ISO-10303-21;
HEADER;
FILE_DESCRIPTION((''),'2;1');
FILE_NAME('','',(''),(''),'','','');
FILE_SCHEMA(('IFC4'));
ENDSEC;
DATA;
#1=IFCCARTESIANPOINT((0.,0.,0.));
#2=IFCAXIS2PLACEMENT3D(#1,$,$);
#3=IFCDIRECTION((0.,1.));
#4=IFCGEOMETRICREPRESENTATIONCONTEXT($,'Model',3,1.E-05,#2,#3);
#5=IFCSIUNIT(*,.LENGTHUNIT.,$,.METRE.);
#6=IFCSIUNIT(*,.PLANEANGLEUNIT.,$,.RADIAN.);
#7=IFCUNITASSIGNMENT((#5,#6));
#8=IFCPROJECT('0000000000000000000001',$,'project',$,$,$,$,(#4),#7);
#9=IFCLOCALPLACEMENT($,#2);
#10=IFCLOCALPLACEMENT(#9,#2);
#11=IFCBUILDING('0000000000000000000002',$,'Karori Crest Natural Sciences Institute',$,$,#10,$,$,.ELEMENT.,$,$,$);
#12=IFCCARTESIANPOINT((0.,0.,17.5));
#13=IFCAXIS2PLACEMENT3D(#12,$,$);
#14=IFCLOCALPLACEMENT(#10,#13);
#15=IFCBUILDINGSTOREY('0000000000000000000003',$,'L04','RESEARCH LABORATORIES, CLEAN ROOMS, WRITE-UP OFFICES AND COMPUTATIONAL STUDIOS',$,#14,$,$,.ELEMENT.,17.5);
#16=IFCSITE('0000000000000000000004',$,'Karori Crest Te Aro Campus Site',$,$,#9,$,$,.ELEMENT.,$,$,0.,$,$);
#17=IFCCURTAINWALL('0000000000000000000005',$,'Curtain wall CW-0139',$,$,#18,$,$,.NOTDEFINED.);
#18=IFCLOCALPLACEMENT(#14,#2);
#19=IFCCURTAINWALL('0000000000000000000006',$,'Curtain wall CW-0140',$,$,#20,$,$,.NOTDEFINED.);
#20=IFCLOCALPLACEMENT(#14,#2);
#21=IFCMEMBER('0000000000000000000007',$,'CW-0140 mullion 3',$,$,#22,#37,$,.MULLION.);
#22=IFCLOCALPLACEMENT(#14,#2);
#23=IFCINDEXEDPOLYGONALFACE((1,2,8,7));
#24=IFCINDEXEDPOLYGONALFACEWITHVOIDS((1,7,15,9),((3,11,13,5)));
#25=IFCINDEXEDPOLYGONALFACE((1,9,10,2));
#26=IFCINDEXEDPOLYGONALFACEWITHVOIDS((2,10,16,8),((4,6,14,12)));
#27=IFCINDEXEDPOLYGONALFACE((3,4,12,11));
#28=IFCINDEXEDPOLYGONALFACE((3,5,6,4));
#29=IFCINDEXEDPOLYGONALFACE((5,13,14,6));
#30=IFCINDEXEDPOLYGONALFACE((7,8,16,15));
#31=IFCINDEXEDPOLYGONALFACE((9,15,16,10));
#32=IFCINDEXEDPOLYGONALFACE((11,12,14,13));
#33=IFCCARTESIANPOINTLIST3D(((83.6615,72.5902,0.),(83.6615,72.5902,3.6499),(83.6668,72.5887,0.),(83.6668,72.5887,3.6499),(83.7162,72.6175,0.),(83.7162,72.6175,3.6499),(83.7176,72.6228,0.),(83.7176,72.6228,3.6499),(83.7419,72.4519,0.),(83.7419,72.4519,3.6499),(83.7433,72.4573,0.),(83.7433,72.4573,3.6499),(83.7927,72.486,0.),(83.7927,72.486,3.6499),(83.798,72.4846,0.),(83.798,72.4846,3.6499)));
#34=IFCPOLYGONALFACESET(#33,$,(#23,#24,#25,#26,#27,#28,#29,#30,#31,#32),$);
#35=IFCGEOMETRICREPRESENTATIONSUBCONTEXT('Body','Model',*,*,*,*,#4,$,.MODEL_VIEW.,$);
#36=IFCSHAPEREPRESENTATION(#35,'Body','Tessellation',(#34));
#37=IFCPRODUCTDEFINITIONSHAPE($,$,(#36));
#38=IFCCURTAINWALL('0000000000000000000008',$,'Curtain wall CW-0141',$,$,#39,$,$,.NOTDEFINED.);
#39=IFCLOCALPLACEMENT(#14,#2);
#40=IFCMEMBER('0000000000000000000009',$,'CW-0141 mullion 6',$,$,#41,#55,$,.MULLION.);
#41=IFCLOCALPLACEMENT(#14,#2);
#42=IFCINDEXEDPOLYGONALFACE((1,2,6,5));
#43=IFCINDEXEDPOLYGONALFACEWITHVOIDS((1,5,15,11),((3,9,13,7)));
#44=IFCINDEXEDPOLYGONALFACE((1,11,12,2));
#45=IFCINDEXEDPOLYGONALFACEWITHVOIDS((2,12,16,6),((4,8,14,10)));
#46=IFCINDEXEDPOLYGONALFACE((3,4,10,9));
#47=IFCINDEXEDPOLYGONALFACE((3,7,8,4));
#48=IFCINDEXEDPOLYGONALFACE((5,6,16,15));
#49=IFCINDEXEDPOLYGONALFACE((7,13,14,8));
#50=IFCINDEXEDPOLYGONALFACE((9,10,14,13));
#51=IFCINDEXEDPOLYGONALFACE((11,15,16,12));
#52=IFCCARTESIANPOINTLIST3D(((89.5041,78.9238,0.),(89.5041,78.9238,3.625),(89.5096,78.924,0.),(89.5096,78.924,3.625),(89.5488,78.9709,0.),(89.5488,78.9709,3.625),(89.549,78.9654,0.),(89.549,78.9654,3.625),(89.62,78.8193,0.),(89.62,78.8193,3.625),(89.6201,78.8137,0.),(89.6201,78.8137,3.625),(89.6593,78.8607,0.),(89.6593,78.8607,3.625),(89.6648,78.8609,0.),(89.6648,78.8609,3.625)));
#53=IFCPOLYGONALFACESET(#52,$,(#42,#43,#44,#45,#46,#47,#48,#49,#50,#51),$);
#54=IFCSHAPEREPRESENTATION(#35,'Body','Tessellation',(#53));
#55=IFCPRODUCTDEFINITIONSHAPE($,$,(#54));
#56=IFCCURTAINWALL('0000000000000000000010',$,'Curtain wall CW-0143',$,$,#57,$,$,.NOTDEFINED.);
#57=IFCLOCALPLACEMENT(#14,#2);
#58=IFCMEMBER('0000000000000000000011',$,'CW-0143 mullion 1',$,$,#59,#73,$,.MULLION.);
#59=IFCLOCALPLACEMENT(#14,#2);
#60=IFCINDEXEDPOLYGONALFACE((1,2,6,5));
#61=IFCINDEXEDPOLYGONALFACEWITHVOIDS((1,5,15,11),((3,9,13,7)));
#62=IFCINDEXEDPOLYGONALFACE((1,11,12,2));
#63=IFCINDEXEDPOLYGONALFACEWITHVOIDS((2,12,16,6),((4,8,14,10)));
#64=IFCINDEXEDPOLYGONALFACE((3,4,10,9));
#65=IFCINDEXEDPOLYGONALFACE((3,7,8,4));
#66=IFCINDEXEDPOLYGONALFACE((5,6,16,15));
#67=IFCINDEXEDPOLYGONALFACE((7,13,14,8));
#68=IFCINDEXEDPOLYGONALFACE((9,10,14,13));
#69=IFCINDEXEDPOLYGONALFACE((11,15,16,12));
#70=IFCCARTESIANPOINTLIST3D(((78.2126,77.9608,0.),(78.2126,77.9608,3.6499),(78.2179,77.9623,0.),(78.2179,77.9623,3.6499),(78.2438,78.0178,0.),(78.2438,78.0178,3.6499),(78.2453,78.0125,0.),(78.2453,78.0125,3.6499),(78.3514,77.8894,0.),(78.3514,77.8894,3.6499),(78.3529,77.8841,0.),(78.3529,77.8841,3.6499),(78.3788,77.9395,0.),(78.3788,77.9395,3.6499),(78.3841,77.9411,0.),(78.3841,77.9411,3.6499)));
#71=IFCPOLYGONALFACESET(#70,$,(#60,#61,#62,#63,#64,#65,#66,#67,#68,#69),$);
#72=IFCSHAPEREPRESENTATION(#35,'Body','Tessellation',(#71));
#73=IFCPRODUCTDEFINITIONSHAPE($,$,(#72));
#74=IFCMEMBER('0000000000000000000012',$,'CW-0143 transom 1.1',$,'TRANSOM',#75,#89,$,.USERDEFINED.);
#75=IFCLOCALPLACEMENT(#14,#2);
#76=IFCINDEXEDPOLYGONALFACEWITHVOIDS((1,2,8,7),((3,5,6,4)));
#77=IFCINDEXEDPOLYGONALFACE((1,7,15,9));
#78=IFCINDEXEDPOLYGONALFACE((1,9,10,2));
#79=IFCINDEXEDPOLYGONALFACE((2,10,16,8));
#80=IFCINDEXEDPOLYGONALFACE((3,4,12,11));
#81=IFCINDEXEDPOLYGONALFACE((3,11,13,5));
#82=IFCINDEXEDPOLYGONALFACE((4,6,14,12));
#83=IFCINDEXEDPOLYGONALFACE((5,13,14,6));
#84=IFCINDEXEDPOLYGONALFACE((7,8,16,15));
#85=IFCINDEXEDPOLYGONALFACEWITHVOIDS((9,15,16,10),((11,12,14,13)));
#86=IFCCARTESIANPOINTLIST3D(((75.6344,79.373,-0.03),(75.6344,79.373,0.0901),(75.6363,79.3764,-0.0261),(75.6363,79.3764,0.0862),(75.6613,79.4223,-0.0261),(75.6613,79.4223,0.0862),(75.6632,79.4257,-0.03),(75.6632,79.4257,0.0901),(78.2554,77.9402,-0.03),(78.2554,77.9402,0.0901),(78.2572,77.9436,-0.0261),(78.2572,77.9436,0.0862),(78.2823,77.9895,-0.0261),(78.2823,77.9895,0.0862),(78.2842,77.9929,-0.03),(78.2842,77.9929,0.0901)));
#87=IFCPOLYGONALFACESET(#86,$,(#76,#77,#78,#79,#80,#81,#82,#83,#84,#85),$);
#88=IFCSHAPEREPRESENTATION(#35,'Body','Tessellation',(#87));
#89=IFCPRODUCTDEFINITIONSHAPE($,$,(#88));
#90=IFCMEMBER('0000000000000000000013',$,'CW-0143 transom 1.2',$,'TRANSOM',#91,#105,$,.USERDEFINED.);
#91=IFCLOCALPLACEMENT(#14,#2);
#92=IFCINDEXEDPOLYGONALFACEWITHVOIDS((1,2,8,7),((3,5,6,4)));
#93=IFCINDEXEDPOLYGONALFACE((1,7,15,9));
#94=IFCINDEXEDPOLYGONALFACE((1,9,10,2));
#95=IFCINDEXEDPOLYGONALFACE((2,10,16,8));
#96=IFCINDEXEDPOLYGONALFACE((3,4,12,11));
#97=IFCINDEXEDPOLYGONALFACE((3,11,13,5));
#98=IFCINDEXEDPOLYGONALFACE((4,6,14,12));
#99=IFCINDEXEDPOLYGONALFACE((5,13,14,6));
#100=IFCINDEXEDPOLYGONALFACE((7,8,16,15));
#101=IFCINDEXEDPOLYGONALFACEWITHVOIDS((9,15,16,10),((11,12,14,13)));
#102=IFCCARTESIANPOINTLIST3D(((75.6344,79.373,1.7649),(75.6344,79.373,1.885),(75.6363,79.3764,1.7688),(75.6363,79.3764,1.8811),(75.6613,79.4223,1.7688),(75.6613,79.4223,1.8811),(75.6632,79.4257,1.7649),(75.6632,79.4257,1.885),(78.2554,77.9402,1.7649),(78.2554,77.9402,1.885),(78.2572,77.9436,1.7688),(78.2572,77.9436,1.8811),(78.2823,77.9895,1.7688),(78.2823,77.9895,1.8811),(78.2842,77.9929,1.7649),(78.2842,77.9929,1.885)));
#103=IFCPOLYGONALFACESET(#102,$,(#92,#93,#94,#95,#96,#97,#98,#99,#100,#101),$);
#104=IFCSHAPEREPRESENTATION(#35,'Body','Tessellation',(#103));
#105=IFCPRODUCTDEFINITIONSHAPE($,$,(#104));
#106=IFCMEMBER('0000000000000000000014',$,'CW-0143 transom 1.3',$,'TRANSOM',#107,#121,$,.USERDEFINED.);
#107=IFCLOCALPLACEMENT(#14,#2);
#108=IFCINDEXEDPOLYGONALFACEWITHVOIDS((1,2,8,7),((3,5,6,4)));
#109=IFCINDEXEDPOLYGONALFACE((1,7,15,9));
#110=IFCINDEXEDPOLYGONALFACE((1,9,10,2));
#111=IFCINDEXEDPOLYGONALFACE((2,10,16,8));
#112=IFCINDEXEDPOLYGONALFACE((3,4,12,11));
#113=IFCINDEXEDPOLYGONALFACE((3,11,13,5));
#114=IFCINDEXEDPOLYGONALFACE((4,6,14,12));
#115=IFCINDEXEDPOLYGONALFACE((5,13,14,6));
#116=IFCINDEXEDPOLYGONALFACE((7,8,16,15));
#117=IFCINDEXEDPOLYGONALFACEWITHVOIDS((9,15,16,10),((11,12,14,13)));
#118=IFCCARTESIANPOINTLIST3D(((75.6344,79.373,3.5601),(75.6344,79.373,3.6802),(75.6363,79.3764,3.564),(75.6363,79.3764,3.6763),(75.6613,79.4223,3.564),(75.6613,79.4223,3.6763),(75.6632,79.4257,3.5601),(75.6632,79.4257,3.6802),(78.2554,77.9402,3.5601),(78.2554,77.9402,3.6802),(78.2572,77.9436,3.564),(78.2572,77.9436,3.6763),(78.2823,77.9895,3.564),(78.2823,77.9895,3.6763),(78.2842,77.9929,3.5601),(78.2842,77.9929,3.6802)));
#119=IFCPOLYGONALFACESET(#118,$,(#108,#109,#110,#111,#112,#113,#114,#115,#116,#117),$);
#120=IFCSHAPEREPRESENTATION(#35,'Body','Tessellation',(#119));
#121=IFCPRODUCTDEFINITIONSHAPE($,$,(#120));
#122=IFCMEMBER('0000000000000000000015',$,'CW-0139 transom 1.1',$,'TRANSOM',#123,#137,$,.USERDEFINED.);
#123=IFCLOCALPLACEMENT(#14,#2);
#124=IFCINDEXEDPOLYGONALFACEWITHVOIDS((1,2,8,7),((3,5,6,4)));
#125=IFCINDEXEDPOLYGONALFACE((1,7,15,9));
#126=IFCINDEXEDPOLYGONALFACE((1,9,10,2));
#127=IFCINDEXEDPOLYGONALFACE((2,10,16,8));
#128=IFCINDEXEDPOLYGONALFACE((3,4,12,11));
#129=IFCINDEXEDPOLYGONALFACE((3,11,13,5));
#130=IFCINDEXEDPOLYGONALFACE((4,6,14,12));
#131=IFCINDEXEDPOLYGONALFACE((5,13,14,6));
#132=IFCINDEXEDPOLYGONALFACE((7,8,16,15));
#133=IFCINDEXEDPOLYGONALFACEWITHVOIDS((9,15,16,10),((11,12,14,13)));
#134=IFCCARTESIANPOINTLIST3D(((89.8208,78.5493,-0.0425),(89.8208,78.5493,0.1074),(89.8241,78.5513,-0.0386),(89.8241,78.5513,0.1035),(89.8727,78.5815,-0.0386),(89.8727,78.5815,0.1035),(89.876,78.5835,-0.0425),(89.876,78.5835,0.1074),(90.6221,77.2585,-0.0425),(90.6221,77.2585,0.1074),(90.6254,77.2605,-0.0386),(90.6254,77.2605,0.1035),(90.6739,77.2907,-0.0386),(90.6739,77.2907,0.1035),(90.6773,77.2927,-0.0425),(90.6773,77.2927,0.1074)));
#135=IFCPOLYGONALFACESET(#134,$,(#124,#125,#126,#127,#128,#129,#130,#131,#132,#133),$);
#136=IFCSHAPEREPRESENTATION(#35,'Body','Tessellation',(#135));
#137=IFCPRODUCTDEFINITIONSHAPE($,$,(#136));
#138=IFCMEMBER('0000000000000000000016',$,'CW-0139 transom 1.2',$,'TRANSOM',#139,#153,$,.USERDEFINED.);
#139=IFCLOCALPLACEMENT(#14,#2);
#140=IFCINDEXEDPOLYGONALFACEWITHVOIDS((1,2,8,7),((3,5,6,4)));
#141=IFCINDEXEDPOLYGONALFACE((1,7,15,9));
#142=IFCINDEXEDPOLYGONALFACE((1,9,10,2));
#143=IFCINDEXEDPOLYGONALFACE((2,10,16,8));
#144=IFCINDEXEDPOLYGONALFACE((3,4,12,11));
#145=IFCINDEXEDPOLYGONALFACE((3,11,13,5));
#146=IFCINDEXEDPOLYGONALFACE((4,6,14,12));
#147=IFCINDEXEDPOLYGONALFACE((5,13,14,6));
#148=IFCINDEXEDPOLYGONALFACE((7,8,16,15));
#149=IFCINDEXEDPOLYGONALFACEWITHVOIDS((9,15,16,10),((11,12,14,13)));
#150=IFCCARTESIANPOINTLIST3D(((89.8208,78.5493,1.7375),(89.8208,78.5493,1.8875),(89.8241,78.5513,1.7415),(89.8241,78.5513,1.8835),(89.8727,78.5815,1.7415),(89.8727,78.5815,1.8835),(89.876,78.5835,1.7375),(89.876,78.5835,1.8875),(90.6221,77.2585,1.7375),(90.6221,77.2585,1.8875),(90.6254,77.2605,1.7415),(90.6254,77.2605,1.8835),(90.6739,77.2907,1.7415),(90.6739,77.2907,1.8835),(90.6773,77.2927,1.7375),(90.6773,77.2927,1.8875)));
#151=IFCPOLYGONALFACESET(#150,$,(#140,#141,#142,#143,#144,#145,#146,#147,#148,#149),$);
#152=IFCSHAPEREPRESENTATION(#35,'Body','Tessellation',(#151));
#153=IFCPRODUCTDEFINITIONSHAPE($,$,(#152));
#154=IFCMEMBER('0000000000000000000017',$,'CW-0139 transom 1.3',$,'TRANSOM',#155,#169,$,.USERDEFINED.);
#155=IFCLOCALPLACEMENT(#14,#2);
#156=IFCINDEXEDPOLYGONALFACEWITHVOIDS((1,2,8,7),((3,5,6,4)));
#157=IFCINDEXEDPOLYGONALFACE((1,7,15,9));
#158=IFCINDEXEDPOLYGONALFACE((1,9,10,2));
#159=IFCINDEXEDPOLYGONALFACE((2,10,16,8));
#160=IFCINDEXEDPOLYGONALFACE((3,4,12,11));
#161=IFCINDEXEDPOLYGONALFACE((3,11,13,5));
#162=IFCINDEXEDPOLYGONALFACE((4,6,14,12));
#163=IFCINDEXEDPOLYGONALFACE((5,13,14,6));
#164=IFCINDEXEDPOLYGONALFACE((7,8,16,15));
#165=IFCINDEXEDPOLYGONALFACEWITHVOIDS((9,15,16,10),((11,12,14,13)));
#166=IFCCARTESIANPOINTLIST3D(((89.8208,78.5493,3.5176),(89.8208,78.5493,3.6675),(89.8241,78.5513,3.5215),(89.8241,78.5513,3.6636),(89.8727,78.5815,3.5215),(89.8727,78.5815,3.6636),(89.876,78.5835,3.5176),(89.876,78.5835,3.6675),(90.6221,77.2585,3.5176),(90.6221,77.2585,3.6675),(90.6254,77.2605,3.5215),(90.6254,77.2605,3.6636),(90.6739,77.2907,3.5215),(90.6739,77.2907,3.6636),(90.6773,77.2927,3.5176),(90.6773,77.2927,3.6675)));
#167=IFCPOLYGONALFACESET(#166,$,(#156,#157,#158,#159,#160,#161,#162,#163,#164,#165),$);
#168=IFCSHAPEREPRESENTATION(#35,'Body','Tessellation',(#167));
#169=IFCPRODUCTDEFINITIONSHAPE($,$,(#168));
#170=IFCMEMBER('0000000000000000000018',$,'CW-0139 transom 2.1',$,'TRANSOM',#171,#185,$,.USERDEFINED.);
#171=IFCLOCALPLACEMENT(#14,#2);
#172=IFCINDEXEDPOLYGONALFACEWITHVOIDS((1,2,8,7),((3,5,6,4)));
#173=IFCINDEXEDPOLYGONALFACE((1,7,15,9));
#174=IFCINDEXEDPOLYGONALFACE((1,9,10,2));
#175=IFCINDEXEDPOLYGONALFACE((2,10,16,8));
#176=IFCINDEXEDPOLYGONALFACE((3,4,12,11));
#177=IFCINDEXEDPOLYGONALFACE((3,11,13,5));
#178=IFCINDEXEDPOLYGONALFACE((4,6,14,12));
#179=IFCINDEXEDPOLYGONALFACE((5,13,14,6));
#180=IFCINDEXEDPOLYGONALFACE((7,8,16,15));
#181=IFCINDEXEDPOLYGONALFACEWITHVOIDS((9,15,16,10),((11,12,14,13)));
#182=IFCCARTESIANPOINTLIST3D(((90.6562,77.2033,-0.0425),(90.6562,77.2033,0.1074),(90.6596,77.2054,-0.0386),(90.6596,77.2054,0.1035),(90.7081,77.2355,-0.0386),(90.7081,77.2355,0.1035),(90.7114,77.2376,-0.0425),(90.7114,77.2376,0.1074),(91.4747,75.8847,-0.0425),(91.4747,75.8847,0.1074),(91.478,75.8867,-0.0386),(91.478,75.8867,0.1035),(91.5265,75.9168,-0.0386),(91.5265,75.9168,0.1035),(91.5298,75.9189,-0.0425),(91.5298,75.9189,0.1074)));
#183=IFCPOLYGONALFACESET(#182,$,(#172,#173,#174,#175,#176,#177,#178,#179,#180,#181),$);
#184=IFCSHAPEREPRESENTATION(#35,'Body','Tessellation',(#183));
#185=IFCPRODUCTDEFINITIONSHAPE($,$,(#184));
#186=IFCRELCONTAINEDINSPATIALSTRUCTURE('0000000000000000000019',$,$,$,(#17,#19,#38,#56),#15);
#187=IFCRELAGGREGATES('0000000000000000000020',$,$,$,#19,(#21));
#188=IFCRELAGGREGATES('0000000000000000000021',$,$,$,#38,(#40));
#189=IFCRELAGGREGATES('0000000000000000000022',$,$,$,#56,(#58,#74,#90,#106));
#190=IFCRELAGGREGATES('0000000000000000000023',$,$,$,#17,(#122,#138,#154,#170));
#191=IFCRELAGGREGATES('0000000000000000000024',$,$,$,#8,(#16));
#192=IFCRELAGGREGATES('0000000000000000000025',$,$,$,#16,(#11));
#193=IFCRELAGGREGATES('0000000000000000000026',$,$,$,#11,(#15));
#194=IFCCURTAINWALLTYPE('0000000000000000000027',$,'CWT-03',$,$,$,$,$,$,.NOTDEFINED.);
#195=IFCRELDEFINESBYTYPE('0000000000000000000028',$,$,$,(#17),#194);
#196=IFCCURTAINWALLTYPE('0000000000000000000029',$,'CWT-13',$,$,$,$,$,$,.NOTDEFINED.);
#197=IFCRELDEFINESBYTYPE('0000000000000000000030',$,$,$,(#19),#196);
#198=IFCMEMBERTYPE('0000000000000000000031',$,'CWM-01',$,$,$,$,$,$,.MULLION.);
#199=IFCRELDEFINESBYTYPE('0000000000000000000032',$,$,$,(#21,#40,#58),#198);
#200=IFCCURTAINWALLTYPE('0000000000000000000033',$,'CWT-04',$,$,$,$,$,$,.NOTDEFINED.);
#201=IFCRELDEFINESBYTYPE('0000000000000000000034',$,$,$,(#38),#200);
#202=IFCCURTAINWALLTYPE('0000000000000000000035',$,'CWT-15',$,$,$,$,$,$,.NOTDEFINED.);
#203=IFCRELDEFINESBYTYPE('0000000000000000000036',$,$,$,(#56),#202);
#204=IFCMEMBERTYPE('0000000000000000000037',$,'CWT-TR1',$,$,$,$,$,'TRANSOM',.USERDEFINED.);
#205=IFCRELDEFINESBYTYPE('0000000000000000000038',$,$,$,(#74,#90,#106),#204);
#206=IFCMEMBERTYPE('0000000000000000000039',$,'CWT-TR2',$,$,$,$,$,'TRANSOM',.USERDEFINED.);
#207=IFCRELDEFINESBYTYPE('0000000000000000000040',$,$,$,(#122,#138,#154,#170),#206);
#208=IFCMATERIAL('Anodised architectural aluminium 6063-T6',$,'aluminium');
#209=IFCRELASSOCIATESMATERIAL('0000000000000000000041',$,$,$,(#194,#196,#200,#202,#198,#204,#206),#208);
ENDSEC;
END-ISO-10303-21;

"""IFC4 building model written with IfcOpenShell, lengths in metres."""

from ifc_helpers import new_model, si_unit, direction, frame, origin, origin_2d, place, context, subcontext, project, spatial, hollow_rectangle, extrude, material, material_profile, profile_set, type_object, element, aggregate, save


model = new_model("IFC4")

# Units and contexts
model_context = context("Model", 3, precision=1e-05, world=origin(), true_north=direction((0.0, 1.0)))
body_context = subcontext(model_context, "Body", "Model", "MODEL_VIEW")
ifc_project = project(units=[si_unit("LENGTHUNIT", "METRE"), si_unit("PLANEANGLEUNIT", "RADIAN")], contexts=[model_context])

# Site, building, storey
site_placement = place(None, origin())
site = spatial("IfcSite", under=ifc_project, at=site_placement, Name="Karori Crest Te Aro Campus Site", CompositionType="ELEMENT", RefElevation=0.0)
building_placement = place(site_placement, origin())
building = spatial("IfcBuilding", under=site, at=building_placement, Name="Karori Crest Natural Sciences Institute", CompositionType="ELEMENT")
storey_placement = place(building_placement, frame((0.0, 0.0, 17.5)))
storey = spatial("IfcBuildingStorey", under=building, at=storey_placement, Name="L04", Description="RESEARCH LABORATORIES, CLEAN ROOMS, WRITE-UP OFFICES AND COMPUTATIONAL STUDIOS", CompositionType="ELEMENT", Elevation=17.5)

# Curtain wall
ifc_material_1 = material(Name="Anodised architectural aluminium 6063-T6", Category="aluminium")
curtain_wall_type_1 = type_object("IfcCurtainWallType", Name="CWT-03", PredefinedType="NOTDEFINED", material=ifc_material_1)
curtain_wall_1_placement = place(storey_placement, origin())
curtain_wall_1 = element("IfcCurtainWall", 1, at=curtain_wall_1_placement, inside=storey, type_object=curtain_wall_type_1, Name="Curtain wall CW-0139", PredefinedType="NOTDEFINED")
ifc_material_profile_1 = material_profile(ifc_material_1, hollow_rectangle(XDim=0.0649, YDim=0.1599, WallThickness=0.0039, at=origin_2d()), Name="CWM160x65x4")
ifc_profile_set_1 = profile_set([ifc_material_profile_1], Name="Anodised architectural aluminium 6063-T6")
member_type_1 = type_object("IfcMemberType", Name="CWM-01", PredefinedType="MULLION", material=ifc_profile_set_1)

# Curtain walls, members
curtain_wall_type_2 = type_object("IfcCurtainWallType", Name="CWT-13", PredefinedType="NOTDEFINED", material=ifc_material_1)
curtain_wall_2_placement = place(storey_placement, origin())
curtain_wall_2 = element("IfcCurtainWall", 2, at=curtain_wall_2_placement, inside=storey, type_object=curtain_wall_type_2, Name="Curtain wall CW-0140", PredefinedType="NOTDEFINED")
member_1_placement = place(storey_placement, frame((83.7297, 72.5374, 0.0), z_axis=(0.0, 0.0, 1.0), x_axis=(-0.864487, -0.502655, 0.0)))
member_1 = element("IfcMember", 3, at=member_1_placement, type_object=member_type_1, Name="CW-0140 mullion 3", PredefinedType="MULLION", context=body_context, shape_type="SweptSolid", body=[
    extrude(hollow_rectangle(XDim=0.0649, YDim=0.1599, WallThickness=0.0039, at=origin_2d()), origin(), (0.0, 0.0, 1.0), 3.6499),
])
aggregate(curtain_wall_2, [member_1])
curtain_wall_type_3 = type_object("IfcCurtainWallType", Name="CWT-04", PredefinedType="NOTDEFINED", material=ifc_material_1)
curtain_wall_3_placement = place(storey_placement, origin())
curtain_wall_3 = element("IfcCurtainWall", 4, at=curtain_wall_3_placement, inside=storey, type_object=curtain_wall_type_3, Name="Curtain wall CW-0141", PredefinedType="NOTDEFINED")
member_2_placement = place(storey_placement, frame((89.5845, 78.8923, 0.0), z_axis=(0.0, 0.0, 1.0), x_axis=(0.688252, 0.725471, 0.0)))
member_2 = element("IfcMember", 5, at=member_2_placement, type_object=member_type_1, Name="CW-0141 mullion 6", PredefinedType="MULLION", context=body_context, shape_type="SweptSolid", body=[
    extrude(hollow_rectangle(XDim=0.0649, YDim=0.1599, WallThickness=0.0039, at=origin_2d()), origin(), (0.0, 0.0, 1.0), 3.625),
])
aggregate(curtain_wall_3, [member_2])

# Curtain wall, members
curtain_wall_type_4 = type_object("IfcCurtainWallType", Name="CWT-15", PredefinedType="NOTDEFINED", material=ifc_material_1)
curtain_wall_4_placement = place(storey_placement, origin())
curtain_wall_4 = element("IfcCurtainWall", 6, at=curtain_wall_4_placement, inside=storey, type_object=curtain_wall_type_4, Name="Curtain wall CW-0143", PredefinedType="NOTDEFINED")
member_3_placement = place(storey_placement, frame((78.2983, 77.9509, 0.0), z_axis=(0.0, 0.0, 1.0), x_axis=(-0.479631, -0.87747, 0.0)))
member_3 = element("IfcMember", 7, at=member_3_placement, type_object=member_type_1, Name="CW-0143 mullion 1", PredefinedType="MULLION", context=body_context, shape_type="SweptSolid", body=[
    extrude(hollow_rectangle(XDim=0.0649, YDim=0.1599, WallThickness=0.0039, at=origin_2d()), origin(), (0.0, 0.0, 1.0), 3.6499),
])
ifc_material_profile_2 = material_profile(ifc_material_1, hollow_rectangle(XDim=0.0601, YDim=0.1201, WallThickness=0.0039, at=origin_2d()), Name="CWT120x60x4")
ifc_profile_set_2 = profile_set([ifc_material_profile_2], Name="Anodised architectural aluminium 6063-T6")
member_type_2 = type_object("IfcMemberType", Name="CWT-TR1", ElementType="TRANSOM", PredefinedType="USERDEFINED", material=ifc_profile_set_2)
member_4_placement = place(storey_placement, frame((78.2698, 77.9666, 0.03), z_axis=(-0.877449, 0.479671, 0.0), x_axis=(-0.479671, -0.877449, 0.0)))
member_4 = element("IfcMember", 8, at=member_4_placement, type_object=member_type_2, Name="CW-0143 transom 1.1", ObjectType="TRANSOM", PredefinedType="USERDEFINED", context=body_context, shape_type="SweptSolid", body=[
    extrude(hollow_rectangle(XDim=0.0601, YDim=0.1201, WallThickness=0.0039, at=origin_2d()), origin(), (0.0, 0.0, 1.0), 2.9871),
])
member_5_placement = place(storey_placement, frame((78.2698, 77.9666, 1.825), z_axis=(-0.877449, 0.479671, 0.0), x_axis=(-0.479671, -0.877449, 0.0)))
member_5 = element("IfcMember", 9, at=member_5_placement, type_object=member_type_2, Name="CW-0143 transom 1.2", ObjectType="TRANSOM", PredefinedType="USERDEFINED", context=body_context, shape_type="SweptSolid", body=[
    extrude(hollow_rectangle(XDim=0.0601, YDim=0.1201, WallThickness=0.0039, at=origin_2d()), origin(), (0.0, 0.0, 1.0), 2.9871),
])
member_6_placement = place(storey_placement, frame((78.2698, 77.9666, 3.6201), z_axis=(-0.877449, 0.479671, 0.0), x_axis=(-0.479671, -0.877449, 0.0)))
member_6 = element("IfcMember", 10, at=member_6_placement, type_object=member_type_2, Name="CW-0143 transom 1.3", ObjectType="TRANSOM", PredefinedType="USERDEFINED", context=body_context, shape_type="SweptSolid", body=[
    extrude(hollow_rectangle(XDim=0.0601, YDim=0.1201, WallThickness=0.0039, at=origin_2d()), origin(), (0.0, 0.0, 1.0), 2.9871),
])

# Members
ifc_material_profile_3 = material_profile(ifc_material_1, hollow_rectangle(XDim=0.0649, YDim=0.1499, WallThickness=0.0039, at=origin_2d()), Name="CWT150x65x4")
ifc_profile_set_3 = profile_set([ifc_material_profile_3], Name="Anodised architectural aluminium 6063-T6")
member_type_3 = type_object("IfcMemberType", Name="CWT-TR2", ElementType="TRANSOM", PredefinedType="USERDEFINED", material=ifc_profile_set_3)
member_7_placement = place(storey_placement, frame((89.8484, 78.5664, 0.0325), z_axis=(0.527411, -0.84961, 0.0), x_axis=(0.84961, 0.527411, 0.0)))
member_7 = element("IfcMember", 11, at=member_7_placement, type_object=member_type_3, Name="CW-0139 transom 1.1", ObjectType="TRANSOM", PredefinedType="USERDEFINED", context=body_context, shape_type="SweptSolid", body=[
    extrude(hollow_rectangle(XDim=0.0649, YDim=0.1499, WallThickness=0.0039, at=origin_2d()), origin(), (0.0, 0.0, 1.0), 1.5193),
])
member_8_placement = place(storey_placement, frame((89.8484, 78.5664, 1.8125), z_axis=(0.527411, -0.84961, 0.0), x_axis=(0.84961, 0.527411, 0.0)))
member_8 = element("IfcMember", 12, at=member_8_placement, type_object=member_type_3, Name="CW-0139 transom 1.2", ObjectType="TRANSOM", PredefinedType="USERDEFINED", context=body_context, shape_type="SweptSolid", body=[
    extrude(hollow_rectangle(XDim=0.0649, YDim=0.1499, WallThickness=0.0039, at=origin_2d()), origin(), (0.0, 0.0, 1.0), 1.5193),
])
member_9_placement = place(storey_placement, frame((89.8484, 78.5664, 3.5925), z_axis=(0.527411, -0.84961, 0.0), x_axis=(0.84961, 0.527411, 0.0)))
member_9 = element("IfcMember", 13, at=member_9_placement, type_object=member_type_3, Name="CW-0139 transom 1.3", ObjectType="TRANSOM", PredefinedType="USERDEFINED", context=body_context, shape_type="SweptSolid", body=[
    extrude(hollow_rectangle(XDim=0.0649, YDim=0.1499, WallThickness=0.0039, at=origin_2d()), origin(), (0.0, 0.0, 1.0), 1.5193),
])
member_10_placement = place(storey_placement, frame((90.6838, 77.2205, 0.0325), z_axis=(0.527324, -0.849664, 0.0), x_axis=(0.849664, 0.527324, 0.0)))
member_10 = element("IfcMember", 14, at=member_10_placement, type_object=member_type_3, Name="CW-0139 transom 2.1", ObjectType="TRANSOM", PredefinedType="USERDEFINED", context=body_context, shape_type="SweptSolid", body=[
    extrude(hollow_rectangle(XDim=0.0649, YDim=0.1499, WallThickness=0.0039, at=origin_2d()), origin(), (0.0, 0.0, 1.0), 1.552),
])

aggregate(curtain_wall_4, [member_3, member_4, member_5, member_6])
aggregate(curtain_wall_1, [member_7, member_8, member_9, member_10])

save(model, "model.ifc")
